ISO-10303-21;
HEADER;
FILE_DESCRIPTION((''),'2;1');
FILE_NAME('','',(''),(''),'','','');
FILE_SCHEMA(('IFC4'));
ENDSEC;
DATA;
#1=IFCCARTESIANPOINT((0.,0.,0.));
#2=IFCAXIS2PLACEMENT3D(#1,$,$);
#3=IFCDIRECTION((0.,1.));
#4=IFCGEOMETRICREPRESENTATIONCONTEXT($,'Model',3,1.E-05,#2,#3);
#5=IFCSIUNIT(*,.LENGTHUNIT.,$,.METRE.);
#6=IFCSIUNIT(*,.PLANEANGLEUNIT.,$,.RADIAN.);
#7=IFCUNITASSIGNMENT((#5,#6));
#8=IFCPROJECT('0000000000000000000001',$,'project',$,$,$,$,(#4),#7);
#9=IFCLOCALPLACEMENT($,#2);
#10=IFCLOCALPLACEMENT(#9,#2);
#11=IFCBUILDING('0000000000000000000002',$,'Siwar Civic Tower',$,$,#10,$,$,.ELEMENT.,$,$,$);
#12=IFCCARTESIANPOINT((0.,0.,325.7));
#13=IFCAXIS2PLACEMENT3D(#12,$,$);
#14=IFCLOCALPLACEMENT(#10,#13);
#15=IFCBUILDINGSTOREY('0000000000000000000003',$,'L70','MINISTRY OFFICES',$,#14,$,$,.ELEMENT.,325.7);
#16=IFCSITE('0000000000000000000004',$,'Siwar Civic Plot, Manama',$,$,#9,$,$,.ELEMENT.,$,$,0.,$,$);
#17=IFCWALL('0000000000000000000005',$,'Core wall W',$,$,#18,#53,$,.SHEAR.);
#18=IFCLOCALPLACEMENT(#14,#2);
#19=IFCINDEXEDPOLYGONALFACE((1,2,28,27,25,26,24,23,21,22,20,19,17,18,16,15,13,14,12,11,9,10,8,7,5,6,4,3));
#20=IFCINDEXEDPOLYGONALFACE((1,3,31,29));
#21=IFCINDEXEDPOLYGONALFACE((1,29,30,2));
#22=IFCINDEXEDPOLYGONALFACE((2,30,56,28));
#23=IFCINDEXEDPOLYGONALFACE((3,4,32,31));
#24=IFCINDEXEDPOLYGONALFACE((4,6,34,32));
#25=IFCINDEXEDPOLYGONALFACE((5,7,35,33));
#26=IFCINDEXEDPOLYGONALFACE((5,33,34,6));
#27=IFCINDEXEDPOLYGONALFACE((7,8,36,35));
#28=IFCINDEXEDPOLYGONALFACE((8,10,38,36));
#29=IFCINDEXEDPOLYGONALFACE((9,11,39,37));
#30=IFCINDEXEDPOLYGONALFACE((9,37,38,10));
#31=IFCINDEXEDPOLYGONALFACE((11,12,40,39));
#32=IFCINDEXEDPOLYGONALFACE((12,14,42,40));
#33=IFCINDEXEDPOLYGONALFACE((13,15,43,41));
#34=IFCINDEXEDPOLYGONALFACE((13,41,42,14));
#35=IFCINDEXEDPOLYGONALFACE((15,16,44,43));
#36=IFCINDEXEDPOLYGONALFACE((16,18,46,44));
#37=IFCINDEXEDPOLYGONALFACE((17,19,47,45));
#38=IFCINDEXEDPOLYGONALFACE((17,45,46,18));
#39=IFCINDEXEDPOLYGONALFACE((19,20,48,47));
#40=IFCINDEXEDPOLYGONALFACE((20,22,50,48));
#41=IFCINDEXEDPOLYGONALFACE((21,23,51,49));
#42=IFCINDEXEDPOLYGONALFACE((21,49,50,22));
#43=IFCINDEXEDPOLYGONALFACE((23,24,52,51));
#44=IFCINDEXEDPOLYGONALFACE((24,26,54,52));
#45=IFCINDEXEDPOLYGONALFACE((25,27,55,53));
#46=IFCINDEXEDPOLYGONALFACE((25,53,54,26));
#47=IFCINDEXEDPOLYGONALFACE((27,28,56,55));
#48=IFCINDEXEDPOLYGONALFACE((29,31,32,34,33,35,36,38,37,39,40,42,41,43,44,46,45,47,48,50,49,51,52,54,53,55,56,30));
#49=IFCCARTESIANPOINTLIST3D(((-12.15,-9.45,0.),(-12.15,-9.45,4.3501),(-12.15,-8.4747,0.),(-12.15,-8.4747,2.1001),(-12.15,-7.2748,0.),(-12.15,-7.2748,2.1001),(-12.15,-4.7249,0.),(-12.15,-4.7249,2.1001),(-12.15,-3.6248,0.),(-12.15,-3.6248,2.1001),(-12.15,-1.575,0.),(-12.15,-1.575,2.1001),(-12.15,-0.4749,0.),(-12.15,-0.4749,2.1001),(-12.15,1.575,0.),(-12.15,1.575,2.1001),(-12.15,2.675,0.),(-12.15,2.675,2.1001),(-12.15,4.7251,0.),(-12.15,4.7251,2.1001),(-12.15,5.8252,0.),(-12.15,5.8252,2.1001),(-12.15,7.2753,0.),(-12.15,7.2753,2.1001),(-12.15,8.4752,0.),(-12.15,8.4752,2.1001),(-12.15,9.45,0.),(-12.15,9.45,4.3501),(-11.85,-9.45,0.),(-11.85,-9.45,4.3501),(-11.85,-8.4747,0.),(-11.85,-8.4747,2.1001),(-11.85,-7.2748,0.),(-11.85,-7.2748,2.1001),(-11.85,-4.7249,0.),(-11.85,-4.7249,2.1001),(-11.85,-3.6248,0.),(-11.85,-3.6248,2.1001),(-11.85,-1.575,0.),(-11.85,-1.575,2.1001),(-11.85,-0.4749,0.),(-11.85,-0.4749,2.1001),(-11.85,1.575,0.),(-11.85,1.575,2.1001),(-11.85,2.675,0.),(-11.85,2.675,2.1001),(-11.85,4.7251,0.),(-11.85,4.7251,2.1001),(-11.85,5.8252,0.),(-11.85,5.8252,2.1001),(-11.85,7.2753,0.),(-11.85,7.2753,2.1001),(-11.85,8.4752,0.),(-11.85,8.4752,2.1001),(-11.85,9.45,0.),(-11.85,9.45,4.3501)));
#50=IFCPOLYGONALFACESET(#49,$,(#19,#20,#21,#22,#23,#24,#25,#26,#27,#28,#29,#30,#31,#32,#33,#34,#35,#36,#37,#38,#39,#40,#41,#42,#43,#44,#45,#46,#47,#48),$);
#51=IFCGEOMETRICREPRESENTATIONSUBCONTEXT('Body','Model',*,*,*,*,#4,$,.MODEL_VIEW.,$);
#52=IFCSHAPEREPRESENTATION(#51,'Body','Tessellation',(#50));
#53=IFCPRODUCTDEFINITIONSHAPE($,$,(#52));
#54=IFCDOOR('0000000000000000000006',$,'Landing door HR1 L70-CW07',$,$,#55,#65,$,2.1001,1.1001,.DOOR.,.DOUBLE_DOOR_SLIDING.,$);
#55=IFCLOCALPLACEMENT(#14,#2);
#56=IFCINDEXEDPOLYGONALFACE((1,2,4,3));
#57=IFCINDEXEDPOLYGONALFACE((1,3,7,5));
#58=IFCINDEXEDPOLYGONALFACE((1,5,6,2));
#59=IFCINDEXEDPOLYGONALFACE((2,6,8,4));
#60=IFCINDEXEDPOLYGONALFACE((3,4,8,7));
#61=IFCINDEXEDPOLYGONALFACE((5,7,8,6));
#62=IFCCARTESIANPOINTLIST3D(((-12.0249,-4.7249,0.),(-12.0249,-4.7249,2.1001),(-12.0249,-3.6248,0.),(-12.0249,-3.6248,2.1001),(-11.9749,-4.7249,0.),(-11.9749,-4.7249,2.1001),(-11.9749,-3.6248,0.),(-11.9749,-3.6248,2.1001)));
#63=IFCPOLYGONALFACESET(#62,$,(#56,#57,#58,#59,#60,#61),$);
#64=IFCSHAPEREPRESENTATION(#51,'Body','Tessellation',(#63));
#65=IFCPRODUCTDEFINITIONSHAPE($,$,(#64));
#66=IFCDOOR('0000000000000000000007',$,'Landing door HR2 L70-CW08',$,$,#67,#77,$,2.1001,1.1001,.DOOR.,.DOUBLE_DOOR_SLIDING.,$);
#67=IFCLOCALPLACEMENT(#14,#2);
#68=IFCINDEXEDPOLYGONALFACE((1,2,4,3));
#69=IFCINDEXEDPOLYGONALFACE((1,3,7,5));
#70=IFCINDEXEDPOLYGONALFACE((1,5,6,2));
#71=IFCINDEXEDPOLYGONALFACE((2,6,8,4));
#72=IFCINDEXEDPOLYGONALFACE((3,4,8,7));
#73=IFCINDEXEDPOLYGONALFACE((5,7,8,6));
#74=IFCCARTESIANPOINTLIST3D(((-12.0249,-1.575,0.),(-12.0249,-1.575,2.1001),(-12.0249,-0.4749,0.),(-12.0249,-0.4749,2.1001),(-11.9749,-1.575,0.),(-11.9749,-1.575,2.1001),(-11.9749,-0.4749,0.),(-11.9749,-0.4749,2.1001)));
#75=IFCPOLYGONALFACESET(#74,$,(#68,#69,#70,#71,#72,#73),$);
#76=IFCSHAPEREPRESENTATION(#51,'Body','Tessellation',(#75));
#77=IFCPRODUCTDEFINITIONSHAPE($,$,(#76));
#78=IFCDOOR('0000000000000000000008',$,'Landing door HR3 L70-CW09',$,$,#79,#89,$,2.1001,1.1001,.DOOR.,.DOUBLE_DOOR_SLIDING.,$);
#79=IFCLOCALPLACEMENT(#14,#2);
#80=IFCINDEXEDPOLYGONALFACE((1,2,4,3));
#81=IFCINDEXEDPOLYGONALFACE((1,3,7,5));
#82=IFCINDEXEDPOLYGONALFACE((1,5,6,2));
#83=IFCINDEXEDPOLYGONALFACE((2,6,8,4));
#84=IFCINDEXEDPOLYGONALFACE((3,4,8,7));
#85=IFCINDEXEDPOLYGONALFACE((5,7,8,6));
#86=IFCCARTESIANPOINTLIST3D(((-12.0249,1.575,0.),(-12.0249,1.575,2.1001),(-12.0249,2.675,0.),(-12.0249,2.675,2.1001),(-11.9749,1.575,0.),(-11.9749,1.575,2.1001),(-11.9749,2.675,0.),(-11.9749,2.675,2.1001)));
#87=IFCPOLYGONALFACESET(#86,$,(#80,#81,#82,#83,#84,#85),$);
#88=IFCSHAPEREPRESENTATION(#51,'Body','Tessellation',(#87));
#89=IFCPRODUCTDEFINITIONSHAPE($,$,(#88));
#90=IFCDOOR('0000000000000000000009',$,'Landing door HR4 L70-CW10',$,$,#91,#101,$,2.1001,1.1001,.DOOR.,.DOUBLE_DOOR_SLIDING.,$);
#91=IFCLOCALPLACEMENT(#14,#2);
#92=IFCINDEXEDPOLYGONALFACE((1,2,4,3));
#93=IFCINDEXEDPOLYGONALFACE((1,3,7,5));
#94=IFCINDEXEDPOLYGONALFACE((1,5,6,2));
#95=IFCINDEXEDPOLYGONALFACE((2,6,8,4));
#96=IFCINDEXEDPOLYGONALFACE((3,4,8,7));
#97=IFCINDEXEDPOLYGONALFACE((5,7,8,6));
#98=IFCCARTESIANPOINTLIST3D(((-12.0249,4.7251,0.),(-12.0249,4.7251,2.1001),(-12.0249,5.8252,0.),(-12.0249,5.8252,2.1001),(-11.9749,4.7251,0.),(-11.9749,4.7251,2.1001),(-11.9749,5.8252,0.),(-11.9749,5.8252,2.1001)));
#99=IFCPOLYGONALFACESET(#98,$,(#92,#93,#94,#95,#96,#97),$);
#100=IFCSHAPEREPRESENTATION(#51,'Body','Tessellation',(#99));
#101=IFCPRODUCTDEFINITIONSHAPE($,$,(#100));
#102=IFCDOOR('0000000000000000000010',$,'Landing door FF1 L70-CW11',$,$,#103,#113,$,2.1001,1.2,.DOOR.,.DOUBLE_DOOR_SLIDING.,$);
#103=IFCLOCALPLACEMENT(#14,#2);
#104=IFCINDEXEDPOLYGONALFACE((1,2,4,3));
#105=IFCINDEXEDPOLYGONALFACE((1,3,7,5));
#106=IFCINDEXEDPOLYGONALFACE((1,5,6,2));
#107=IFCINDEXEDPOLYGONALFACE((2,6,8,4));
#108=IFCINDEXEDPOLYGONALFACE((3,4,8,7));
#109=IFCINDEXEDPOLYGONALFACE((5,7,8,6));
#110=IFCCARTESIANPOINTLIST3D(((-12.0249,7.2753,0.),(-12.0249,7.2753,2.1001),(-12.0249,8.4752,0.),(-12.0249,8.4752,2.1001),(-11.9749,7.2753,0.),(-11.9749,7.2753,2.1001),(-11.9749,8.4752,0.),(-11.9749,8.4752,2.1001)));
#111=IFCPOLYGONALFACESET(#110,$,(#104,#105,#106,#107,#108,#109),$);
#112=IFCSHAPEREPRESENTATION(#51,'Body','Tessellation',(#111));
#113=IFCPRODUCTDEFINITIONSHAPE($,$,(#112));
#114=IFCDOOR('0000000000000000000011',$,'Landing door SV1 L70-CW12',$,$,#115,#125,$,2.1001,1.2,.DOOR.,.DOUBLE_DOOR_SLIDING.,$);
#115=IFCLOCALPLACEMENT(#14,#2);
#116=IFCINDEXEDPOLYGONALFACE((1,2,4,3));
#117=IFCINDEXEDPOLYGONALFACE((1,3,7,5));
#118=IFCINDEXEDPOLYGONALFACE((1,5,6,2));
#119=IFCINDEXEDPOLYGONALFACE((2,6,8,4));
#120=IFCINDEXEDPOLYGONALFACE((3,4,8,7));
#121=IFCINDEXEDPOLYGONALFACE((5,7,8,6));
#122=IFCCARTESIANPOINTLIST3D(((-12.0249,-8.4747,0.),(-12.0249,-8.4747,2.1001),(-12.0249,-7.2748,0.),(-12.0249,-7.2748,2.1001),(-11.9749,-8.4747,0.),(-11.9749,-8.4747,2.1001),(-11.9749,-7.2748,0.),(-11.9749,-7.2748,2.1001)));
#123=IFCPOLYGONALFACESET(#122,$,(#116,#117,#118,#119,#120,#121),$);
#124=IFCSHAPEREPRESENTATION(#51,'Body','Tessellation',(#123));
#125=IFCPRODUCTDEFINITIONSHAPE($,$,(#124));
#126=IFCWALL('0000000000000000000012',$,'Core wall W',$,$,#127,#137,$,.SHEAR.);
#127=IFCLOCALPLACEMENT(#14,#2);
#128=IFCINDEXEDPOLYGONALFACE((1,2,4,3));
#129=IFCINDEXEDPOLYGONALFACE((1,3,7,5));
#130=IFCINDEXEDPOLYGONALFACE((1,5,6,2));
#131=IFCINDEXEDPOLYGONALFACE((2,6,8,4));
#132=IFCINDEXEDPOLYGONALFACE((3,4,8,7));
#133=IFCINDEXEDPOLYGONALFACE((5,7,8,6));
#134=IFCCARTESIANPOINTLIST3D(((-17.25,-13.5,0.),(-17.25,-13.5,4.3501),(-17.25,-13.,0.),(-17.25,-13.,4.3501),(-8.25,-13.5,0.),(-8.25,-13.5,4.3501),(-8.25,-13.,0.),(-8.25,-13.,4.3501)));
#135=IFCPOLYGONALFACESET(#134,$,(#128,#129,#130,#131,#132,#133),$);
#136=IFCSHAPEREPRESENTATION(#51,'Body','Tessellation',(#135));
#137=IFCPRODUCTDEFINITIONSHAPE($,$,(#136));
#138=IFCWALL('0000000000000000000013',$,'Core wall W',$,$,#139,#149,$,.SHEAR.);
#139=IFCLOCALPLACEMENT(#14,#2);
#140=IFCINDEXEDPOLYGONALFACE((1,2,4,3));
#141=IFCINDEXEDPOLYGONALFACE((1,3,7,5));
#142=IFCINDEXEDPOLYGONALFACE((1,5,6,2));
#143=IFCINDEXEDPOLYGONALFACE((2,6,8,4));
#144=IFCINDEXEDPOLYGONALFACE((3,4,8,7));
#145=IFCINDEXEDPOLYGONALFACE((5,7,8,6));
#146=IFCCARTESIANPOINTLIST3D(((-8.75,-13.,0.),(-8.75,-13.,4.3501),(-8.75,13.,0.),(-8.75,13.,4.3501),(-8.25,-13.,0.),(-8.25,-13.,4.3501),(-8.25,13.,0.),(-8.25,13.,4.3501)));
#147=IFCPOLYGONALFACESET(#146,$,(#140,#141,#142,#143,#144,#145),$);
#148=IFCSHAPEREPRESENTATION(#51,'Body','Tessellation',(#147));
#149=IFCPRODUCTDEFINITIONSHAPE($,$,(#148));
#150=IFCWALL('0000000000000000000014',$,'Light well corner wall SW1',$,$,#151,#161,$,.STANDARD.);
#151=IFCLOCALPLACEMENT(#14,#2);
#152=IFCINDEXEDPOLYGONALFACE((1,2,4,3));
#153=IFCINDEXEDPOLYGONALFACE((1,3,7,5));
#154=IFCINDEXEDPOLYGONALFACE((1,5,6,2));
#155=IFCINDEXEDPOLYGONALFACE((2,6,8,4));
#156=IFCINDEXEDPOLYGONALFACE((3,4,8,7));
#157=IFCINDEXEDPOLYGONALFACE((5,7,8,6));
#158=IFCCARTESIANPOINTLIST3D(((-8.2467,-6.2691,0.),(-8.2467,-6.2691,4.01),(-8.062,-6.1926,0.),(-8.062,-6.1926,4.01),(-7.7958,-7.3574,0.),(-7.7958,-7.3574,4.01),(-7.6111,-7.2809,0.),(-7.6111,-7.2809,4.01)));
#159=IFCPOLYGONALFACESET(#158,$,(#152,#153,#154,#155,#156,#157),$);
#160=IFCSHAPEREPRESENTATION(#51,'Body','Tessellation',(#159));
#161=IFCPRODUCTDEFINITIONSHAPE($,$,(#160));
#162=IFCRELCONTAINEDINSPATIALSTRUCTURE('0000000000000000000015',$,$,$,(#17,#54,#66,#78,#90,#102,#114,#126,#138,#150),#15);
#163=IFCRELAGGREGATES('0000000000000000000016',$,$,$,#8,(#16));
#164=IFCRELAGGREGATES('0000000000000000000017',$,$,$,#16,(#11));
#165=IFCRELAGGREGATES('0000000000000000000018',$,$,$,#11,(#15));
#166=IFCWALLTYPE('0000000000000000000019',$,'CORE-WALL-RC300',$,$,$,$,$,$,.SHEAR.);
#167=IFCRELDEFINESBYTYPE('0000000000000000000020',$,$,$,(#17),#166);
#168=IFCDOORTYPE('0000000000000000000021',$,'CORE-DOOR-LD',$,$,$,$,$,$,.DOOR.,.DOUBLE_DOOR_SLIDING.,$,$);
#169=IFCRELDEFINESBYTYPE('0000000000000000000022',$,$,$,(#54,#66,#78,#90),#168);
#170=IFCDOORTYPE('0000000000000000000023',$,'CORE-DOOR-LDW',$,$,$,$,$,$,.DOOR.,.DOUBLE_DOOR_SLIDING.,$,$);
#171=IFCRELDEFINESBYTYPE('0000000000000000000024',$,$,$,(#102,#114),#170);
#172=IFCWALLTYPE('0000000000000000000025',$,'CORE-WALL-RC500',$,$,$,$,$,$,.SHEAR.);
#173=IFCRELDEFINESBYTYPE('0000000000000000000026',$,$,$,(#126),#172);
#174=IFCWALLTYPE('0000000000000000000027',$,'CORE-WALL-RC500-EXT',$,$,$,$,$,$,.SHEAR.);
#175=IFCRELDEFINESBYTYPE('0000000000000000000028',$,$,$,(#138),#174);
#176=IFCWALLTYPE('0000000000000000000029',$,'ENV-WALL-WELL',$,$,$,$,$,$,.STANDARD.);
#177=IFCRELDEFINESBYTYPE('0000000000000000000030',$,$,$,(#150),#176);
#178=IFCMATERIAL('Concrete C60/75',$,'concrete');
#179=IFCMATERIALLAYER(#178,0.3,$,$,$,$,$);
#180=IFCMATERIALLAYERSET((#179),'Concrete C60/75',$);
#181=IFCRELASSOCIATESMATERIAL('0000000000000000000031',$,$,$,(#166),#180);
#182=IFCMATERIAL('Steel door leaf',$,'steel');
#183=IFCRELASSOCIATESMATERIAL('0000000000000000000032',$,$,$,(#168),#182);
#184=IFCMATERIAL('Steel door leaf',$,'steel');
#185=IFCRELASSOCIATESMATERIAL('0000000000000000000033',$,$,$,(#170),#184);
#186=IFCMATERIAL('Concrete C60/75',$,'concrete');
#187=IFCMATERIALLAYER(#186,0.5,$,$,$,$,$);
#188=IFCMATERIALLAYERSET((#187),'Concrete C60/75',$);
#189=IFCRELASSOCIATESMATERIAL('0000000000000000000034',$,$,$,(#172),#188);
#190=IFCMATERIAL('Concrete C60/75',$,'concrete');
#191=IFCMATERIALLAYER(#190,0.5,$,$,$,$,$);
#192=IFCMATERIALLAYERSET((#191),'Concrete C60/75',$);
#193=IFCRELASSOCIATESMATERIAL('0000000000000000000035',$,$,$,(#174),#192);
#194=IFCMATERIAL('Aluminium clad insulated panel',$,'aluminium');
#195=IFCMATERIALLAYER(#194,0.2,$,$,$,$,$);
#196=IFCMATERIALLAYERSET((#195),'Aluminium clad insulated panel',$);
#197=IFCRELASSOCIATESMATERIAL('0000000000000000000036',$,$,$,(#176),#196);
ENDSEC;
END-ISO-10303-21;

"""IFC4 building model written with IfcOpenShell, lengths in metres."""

from ifc_helpers import new_model, si_unit, direction, frame, frame_2d, origin, place, context, subcontext, project, spatial, rectangle, extrude, material, layer, layer_set, type_object, element, fill, save


model = new_model("IFC4")

# Units and contexts
model_context = context("Model", 3, precision=1e-05, world=origin(), true_north=direction((0.0, 1.0)))
body_context = subcontext(model_context, "Body", "Model", "MODEL_VIEW")
ifc_project = project(units=[si_unit("LENGTHUNIT", "METRE"), si_unit("PLANEANGLEUNIT", "RADIAN")], contexts=[model_context])

# Site, building, storey
site_placement = place(None, origin())
site = spatial("IfcSite", under=ifc_project, at=site_placement, Name="Siwar Civic Plot, Manama", CompositionType="ELEMENT", RefElevation=0.0)
building_placement = place(site_placement, origin())
building = spatial("IfcBuilding", under=site, at=building_placement, Name="Siwar Civic Tower", CompositionType="ELEMENT")
storey_placement = place(building_placement, frame((0.0, 0.0, 325.7)))
storey = spatial("IfcBuildingStorey", under=building, at=storey_placement, Name="L70", Description="MINISTRY OFFICES", CompositionType="ELEMENT", Elevation=325.7)

# Wall, openings, doors
ifc_material_1 = material(Name="Concrete C60/75", Category="concrete")
ifc_layer_1 = layer(ifc_material_1, 0.3)
ifc_layer_set_1 = layer_set([ifc_layer_1], Name="Concrete C60/75")
wall_type_1 = type_object("IfcWallType", Name="CORE-WALL-RC300", PredefinedType="SHEAR", material=ifc_layer_set_1)
wall_1_placement = place(storey_placement, frame((-12.0, -9.45, 0.0), z_axis=(0.0, 0.0, 1.0), x_axis=(0.0, 1.0, 0.0)))
wall_1 = element("IfcWall", 1, at=wall_1_placement, inside=storey, type_object=wall_type_1, Name="Core wall W", PredefinedType="SHEAR", context=body_context, shape_type="SweptSolid", body=[
    extrude(rectangle(XDim=18.8999, YDim=0.3, at=frame_2d((9.45, 0.0))), origin(), (0.0, 0.0, 1.0), 4.3501),
])
opening_1_placement = place(wall_1_placement, frame((4.7251, 0.0, 0.0)))
opening_1 = element("IfcOpeningElement", 2, at=opening_1_placement, cuts=wall_1, PredefinedType="OPENING", context=body_context, shape_type="SweptSolid", body=[
    extrude(rectangle(XDim=1.1001, YDim=2.1001, at=frame_2d((0.55, 1.05))), frame((0.0, 0.1602, 0.0), z_axis=(0.0, -1.0, 0.0), x_axis=(1.0, 0.0, 0.0)), (0.0, 0.0, 1.0), 0.3201),
])
opening_2_placement = place(wall_1_placement, frame((7.875, 0.0, 0.0)))
opening_2 = element("IfcOpeningElement", 3, at=opening_2_placement, cuts=wall_1, PredefinedType="OPENING", context=body_context, shape_type="SweptSolid", body=[
    extrude(rectangle(XDim=1.1001, YDim=2.1001, at=frame_2d((0.55, 1.05))), frame((0.0, 0.1602, 0.0), z_axis=(0.0, -1.0, 0.0), x_axis=(1.0, 0.0, 0.0)), (0.0, 0.0, 1.0), 0.3201),
])
opening_3_placement = place(wall_1_placement, frame((11.0249, 0.0, 0.0)))
opening_3 = element("IfcOpeningElement", 4, at=opening_3_placement, cuts=wall_1, PredefinedType="OPENING", context=body_context, shape_type="SweptSolid", body=[
    extrude(rectangle(XDim=1.1001, YDim=2.1001, at=frame_2d((0.55, 1.05))), frame((0.0, 0.1602, 0.0), z_axis=(0.0, -1.0, 0.0), x_axis=(1.0, 0.0, 0.0)), (0.0, 0.0, 1.0), 0.3201),
])
opening_4_placement = place(wall_1_placement, frame((14.175, 0.0, 0.0)))
opening_4 = element("IfcOpeningElement", 5, at=opening_4_placement, cuts=wall_1, PredefinedType="OPENING", context=body_context, shape_type="SweptSolid", body=[
    extrude(rectangle(XDim=1.1001, YDim=2.1001, at=frame_2d((0.55, 1.05))), frame((0.0, 0.1602, 0.0), z_axis=(0.0, -1.0, 0.0), x_axis=(1.0, 0.0, 0.0)), (0.0, 0.0, 1.0), 0.3201),
])
opening_5_placement = place(wall_1_placement, frame((16.7251, 0.0, 0.0)))
opening_5 = element("IfcOpeningElement", 6, at=opening_5_placement, cuts=wall_1, PredefinedType="OPENING", context=body_context, shape_type="SweptSolid", body=[
    extrude(rectangle(XDim=1.2, YDim=2.1001, at=frame_2d((0.6001, 1.05))), frame((0.0, 0.1602, 0.0), z_axis=(0.0, -1.0, 0.0), x_axis=(1.0, 0.0, 0.0)), (0.0, 0.0, 1.0), 0.3201),
])
opening_6_placement = place(wall_1_placement, frame((0.9751, 0.0, 0.0)))
opening_6 = element("IfcOpeningElement", 7, at=opening_6_placement, cuts=wall_1, PredefinedType="OPENING", context=body_context, shape_type="SweptSolid", body=[
    extrude(rectangle(XDim=1.2, YDim=2.1001, at=frame_2d((0.6001, 1.05))), frame((0.0, 0.1602, 0.0), z_axis=(0.0, -1.0, 0.0), x_axis=(1.0, 0.0, 0.0)), (0.0, 0.0, 1.0), 0.3201),
])
ifc_material_2 = material(Name="Steel door leaf", Category="steel")
door_type_1 = type_object("IfcDoorType", Name="CORE-DOOR-LD", OperationType="DOUBLE_DOOR_SLIDING", PredefinedType="DOOR", material=ifc_material_2)
door_1_placement = place(opening_1_placement, origin())
door_1 = element("IfcDoor", 8, at=door_1_placement, inside=storey, type_object=door_type_1, Name="Landing door HR1 L70-CW07", OperationType="DOUBLE_DOOR_SLIDING", OverallHeight=2.1001, OverallWidth=1.1001, PredefinedType="DOOR", context=body_context, shape_type="SweptSolid", body=[
    extrude(rectangle(XDim=1.1001, YDim=2.1001, at=frame_2d((0.55, 1.05))), frame((0.0, 0.0249, 0.0), z_axis=(0.0, -1.0, 0.0), x_axis=(1.0, 0.0, 0.0)), (0.0, 0.0, 1.0), 0.05),
])
fill(opening_1, door_1)
door_2_placement = place(opening_2_placement, origin())
door_2 = element("IfcDoor", 9, at=door_2_placement, inside=storey, type_object=door_type_1, Name="Landing door HR2 L70-CW08", OperationType="DOUBLE_DOOR_SLIDING", OverallHeight=2.1001, OverallWidth=1.1001, PredefinedType="DOOR", context=body_context, shape_type="SweptSolid", body=[
    extrude(rectangle(XDim=1.1001, YDim=2.1001, at=frame_2d((0.55, 1.05))), frame((0.0, 0.0249, 0.0), z_axis=(0.0, -1.0, 0.0), x_axis=(1.0, 0.0, 0.0)), (0.0, 0.0, 1.0), 0.05),
])
fill(opening_2, door_2)
door_3_placement = place(opening_3_placement, origin())
door_3 = element("IfcDoor", 10, at=door_3_placement, inside=storey, type_object=door_type_1, Name="Landing door HR3 L70-CW09", OperationType="DOUBLE_DOOR_SLIDING", OverallHeight=2.1001, OverallWidth=1.1001, PredefinedType="DOOR", context=body_context, shape_type="SweptSolid", body=[
    extrude(rectangle(XDim=1.1001, YDim=2.1001, at=frame_2d((0.55, 1.05))), frame((0.0, 0.0249, 0.0), z_axis=(0.0, -1.0, 0.0), x_axis=(1.0, 0.0, 0.0)), (0.0, 0.0, 1.0), 0.05),
])
fill(opening_3, door_3)
door_4_placement = place(opening_4_placement, origin())
door_4 = element("IfcDoor", 11, at=door_4_placement, inside=storey, type_object=door_type_1, Name="Landing door HR4 L70-CW10", OperationType="DOUBLE_DOOR_SLIDING", OverallHeight=2.1001, OverallWidth=1.1001, PredefinedType="DOOR", context=body_context, shape_type="SweptSolid", body=[
    extrude(rectangle(XDim=1.1001, YDim=2.1001, at=frame_2d((0.55, 1.05))), frame((0.0, 0.0249, 0.0), z_axis=(0.0, -1.0, 0.0), x_axis=(1.0, 0.0, 0.0)), (0.0, 0.0, 1.0), 0.05),
])
fill(opening_4, door_4)
ifc_material_3 = material(Name="Steel door leaf", Category="steel")
door_type_2 = type_object("IfcDoorType", Name="CORE-DOOR-LDW", OperationType="DOUBLE_DOOR_SLIDING", PredefinedType="DOOR", material=ifc_material_3)
door_5_placement = place(opening_5_placement, origin())
door_5 = element("IfcDoor", 12, at=door_5_placement, inside=storey, type_object=door_type_2, Name="Landing door FF1 L70-CW11", OperationType="DOUBLE_DOOR_SLIDING", OverallHeight=2.1001, OverallWidth=1.2, PredefinedType="DOOR", context=body_context, shape_type="SweptSolid", body=[
    extrude(rectangle(XDim=1.2, YDim=2.1001, at=frame_2d((0.6001, 1.05))), frame((0.0, 0.0249, 0.0), z_axis=(0.0, -1.0, 0.0), x_axis=(1.0, 0.0, 0.0)), (0.0, 0.0, 1.0), 0.05),
])
fill(opening_5, door_5)
door_6_placement = place(opening_6_placement, origin())
door_6 = element("IfcDoor", 13, at=door_6_placement, inside=storey, type_object=door_type_2, Name="Landing door SV1 L70-CW12", OperationType="DOUBLE_DOOR_SLIDING", OverallHeight=2.1001, OverallWidth=1.2, PredefinedType="DOOR", context=body_context, shape_type="SweptSolid", body=[
    extrude(rectangle(XDim=1.2, YDim=2.1001, at=frame_2d((0.6001, 1.05))), frame((0.0, 0.0249, 0.0), z_axis=(0.0, -1.0, 0.0), x_axis=(1.0, 0.0, 0.0)), (0.0, 0.0, 1.0), 0.05),
])
fill(opening_6, door_6)

# Walls
ifc_material_4 = material(Name="Concrete C60/75", Category="concrete")
ifc_layer_2 = layer(ifc_material_4, 0.5)
ifc_layer_set_2 = layer_set([ifc_layer_2], Name="Concrete C60/75")
wall_type_2 = type_object("IfcWallType", Name="CORE-WALL-RC500", PredefinedType="SHEAR", material=ifc_layer_set_2)
wall_2_placement = place(storey_placement, frame((-8.25, -13.25, 0.0), z_axis=(0.0, 0.0, 1.0), x_axis=(-1.0, 0.0, 0.0)))
element("IfcWall", 14, at=wall_2_placement, inside=storey, type_object=wall_type_2, Name="Core wall W", PredefinedType="SHEAR", context=body_context, shape_type="SweptSolid", body=[
    extrude(rectangle(XDim=9.0, YDim=0.5, at=frame_2d((4.5, 0.0))), origin(), (0.0, 0.0, 1.0), 4.3501),
])
ifc_material_5 = material(Name="Concrete C60/75", Category="concrete")
ifc_layer_3 = layer(ifc_material_5, 0.5)
ifc_layer_set_3 = layer_set([ifc_layer_3], Name="Concrete C60/75")
wall_type_3 = type_object("IfcWallType", Name="CORE-WALL-RC500-EXT", PredefinedType="SHEAR", material=ifc_layer_set_3)
wall_3_placement = place(storey_placement, frame((-8.5, -13.0, 0.0), z_axis=(0.0, 0.0, 1.0), x_axis=(0.0, 1.0, 0.0)))
element("IfcWall", 15, at=wall_3_placement, inside=storey, type_object=wall_type_3, Name="Core wall W", PredefinedType="SHEAR", context=body_context, shape_type="SweptSolid", body=[
    extrude(rectangle(XDim=26.0, YDim=0.5, at=frame_2d((13.0, 0.0))), origin(), (0.0, 0.0, 1.0), 4.3501),
])
ifc_material_6 = material(Name="Aluminium clad insulated panel", Category="aluminium")
ifc_layer_4 = layer(ifc_material_6, 0.2)
ifc_layer_set_4 = layer_set([ifc_layer_4], Name="Aluminium clad insulated panel")
wall_type_4 = type_object("IfcWallType", Name="ENV-WALL-WELL", PredefinedType="STANDARD", material=ifc_layer_set_4)
wall_4_placement = place(storey_placement, frame((-8.1543, -6.231, 0.0), z_axis=(0.0, 0.0, 1.0), x_axis=(0.382761, -0.923848, 0.0)))
element("IfcWall", 16, at=wall_4_placement, inside=storey, type_object=wall_type_4, Name="Light well corner wall SW1", PredefinedType="STANDARD", context=body_context, shape_type="SweptSolid", body=[
    extrude(rectangle(XDim=1.178, YDim=0.2, at=frame_2d((0.5889, 0.0))), origin(), (0.0, 0.0, 1.0), 4.01),
])

save(model, "model.ifc")
